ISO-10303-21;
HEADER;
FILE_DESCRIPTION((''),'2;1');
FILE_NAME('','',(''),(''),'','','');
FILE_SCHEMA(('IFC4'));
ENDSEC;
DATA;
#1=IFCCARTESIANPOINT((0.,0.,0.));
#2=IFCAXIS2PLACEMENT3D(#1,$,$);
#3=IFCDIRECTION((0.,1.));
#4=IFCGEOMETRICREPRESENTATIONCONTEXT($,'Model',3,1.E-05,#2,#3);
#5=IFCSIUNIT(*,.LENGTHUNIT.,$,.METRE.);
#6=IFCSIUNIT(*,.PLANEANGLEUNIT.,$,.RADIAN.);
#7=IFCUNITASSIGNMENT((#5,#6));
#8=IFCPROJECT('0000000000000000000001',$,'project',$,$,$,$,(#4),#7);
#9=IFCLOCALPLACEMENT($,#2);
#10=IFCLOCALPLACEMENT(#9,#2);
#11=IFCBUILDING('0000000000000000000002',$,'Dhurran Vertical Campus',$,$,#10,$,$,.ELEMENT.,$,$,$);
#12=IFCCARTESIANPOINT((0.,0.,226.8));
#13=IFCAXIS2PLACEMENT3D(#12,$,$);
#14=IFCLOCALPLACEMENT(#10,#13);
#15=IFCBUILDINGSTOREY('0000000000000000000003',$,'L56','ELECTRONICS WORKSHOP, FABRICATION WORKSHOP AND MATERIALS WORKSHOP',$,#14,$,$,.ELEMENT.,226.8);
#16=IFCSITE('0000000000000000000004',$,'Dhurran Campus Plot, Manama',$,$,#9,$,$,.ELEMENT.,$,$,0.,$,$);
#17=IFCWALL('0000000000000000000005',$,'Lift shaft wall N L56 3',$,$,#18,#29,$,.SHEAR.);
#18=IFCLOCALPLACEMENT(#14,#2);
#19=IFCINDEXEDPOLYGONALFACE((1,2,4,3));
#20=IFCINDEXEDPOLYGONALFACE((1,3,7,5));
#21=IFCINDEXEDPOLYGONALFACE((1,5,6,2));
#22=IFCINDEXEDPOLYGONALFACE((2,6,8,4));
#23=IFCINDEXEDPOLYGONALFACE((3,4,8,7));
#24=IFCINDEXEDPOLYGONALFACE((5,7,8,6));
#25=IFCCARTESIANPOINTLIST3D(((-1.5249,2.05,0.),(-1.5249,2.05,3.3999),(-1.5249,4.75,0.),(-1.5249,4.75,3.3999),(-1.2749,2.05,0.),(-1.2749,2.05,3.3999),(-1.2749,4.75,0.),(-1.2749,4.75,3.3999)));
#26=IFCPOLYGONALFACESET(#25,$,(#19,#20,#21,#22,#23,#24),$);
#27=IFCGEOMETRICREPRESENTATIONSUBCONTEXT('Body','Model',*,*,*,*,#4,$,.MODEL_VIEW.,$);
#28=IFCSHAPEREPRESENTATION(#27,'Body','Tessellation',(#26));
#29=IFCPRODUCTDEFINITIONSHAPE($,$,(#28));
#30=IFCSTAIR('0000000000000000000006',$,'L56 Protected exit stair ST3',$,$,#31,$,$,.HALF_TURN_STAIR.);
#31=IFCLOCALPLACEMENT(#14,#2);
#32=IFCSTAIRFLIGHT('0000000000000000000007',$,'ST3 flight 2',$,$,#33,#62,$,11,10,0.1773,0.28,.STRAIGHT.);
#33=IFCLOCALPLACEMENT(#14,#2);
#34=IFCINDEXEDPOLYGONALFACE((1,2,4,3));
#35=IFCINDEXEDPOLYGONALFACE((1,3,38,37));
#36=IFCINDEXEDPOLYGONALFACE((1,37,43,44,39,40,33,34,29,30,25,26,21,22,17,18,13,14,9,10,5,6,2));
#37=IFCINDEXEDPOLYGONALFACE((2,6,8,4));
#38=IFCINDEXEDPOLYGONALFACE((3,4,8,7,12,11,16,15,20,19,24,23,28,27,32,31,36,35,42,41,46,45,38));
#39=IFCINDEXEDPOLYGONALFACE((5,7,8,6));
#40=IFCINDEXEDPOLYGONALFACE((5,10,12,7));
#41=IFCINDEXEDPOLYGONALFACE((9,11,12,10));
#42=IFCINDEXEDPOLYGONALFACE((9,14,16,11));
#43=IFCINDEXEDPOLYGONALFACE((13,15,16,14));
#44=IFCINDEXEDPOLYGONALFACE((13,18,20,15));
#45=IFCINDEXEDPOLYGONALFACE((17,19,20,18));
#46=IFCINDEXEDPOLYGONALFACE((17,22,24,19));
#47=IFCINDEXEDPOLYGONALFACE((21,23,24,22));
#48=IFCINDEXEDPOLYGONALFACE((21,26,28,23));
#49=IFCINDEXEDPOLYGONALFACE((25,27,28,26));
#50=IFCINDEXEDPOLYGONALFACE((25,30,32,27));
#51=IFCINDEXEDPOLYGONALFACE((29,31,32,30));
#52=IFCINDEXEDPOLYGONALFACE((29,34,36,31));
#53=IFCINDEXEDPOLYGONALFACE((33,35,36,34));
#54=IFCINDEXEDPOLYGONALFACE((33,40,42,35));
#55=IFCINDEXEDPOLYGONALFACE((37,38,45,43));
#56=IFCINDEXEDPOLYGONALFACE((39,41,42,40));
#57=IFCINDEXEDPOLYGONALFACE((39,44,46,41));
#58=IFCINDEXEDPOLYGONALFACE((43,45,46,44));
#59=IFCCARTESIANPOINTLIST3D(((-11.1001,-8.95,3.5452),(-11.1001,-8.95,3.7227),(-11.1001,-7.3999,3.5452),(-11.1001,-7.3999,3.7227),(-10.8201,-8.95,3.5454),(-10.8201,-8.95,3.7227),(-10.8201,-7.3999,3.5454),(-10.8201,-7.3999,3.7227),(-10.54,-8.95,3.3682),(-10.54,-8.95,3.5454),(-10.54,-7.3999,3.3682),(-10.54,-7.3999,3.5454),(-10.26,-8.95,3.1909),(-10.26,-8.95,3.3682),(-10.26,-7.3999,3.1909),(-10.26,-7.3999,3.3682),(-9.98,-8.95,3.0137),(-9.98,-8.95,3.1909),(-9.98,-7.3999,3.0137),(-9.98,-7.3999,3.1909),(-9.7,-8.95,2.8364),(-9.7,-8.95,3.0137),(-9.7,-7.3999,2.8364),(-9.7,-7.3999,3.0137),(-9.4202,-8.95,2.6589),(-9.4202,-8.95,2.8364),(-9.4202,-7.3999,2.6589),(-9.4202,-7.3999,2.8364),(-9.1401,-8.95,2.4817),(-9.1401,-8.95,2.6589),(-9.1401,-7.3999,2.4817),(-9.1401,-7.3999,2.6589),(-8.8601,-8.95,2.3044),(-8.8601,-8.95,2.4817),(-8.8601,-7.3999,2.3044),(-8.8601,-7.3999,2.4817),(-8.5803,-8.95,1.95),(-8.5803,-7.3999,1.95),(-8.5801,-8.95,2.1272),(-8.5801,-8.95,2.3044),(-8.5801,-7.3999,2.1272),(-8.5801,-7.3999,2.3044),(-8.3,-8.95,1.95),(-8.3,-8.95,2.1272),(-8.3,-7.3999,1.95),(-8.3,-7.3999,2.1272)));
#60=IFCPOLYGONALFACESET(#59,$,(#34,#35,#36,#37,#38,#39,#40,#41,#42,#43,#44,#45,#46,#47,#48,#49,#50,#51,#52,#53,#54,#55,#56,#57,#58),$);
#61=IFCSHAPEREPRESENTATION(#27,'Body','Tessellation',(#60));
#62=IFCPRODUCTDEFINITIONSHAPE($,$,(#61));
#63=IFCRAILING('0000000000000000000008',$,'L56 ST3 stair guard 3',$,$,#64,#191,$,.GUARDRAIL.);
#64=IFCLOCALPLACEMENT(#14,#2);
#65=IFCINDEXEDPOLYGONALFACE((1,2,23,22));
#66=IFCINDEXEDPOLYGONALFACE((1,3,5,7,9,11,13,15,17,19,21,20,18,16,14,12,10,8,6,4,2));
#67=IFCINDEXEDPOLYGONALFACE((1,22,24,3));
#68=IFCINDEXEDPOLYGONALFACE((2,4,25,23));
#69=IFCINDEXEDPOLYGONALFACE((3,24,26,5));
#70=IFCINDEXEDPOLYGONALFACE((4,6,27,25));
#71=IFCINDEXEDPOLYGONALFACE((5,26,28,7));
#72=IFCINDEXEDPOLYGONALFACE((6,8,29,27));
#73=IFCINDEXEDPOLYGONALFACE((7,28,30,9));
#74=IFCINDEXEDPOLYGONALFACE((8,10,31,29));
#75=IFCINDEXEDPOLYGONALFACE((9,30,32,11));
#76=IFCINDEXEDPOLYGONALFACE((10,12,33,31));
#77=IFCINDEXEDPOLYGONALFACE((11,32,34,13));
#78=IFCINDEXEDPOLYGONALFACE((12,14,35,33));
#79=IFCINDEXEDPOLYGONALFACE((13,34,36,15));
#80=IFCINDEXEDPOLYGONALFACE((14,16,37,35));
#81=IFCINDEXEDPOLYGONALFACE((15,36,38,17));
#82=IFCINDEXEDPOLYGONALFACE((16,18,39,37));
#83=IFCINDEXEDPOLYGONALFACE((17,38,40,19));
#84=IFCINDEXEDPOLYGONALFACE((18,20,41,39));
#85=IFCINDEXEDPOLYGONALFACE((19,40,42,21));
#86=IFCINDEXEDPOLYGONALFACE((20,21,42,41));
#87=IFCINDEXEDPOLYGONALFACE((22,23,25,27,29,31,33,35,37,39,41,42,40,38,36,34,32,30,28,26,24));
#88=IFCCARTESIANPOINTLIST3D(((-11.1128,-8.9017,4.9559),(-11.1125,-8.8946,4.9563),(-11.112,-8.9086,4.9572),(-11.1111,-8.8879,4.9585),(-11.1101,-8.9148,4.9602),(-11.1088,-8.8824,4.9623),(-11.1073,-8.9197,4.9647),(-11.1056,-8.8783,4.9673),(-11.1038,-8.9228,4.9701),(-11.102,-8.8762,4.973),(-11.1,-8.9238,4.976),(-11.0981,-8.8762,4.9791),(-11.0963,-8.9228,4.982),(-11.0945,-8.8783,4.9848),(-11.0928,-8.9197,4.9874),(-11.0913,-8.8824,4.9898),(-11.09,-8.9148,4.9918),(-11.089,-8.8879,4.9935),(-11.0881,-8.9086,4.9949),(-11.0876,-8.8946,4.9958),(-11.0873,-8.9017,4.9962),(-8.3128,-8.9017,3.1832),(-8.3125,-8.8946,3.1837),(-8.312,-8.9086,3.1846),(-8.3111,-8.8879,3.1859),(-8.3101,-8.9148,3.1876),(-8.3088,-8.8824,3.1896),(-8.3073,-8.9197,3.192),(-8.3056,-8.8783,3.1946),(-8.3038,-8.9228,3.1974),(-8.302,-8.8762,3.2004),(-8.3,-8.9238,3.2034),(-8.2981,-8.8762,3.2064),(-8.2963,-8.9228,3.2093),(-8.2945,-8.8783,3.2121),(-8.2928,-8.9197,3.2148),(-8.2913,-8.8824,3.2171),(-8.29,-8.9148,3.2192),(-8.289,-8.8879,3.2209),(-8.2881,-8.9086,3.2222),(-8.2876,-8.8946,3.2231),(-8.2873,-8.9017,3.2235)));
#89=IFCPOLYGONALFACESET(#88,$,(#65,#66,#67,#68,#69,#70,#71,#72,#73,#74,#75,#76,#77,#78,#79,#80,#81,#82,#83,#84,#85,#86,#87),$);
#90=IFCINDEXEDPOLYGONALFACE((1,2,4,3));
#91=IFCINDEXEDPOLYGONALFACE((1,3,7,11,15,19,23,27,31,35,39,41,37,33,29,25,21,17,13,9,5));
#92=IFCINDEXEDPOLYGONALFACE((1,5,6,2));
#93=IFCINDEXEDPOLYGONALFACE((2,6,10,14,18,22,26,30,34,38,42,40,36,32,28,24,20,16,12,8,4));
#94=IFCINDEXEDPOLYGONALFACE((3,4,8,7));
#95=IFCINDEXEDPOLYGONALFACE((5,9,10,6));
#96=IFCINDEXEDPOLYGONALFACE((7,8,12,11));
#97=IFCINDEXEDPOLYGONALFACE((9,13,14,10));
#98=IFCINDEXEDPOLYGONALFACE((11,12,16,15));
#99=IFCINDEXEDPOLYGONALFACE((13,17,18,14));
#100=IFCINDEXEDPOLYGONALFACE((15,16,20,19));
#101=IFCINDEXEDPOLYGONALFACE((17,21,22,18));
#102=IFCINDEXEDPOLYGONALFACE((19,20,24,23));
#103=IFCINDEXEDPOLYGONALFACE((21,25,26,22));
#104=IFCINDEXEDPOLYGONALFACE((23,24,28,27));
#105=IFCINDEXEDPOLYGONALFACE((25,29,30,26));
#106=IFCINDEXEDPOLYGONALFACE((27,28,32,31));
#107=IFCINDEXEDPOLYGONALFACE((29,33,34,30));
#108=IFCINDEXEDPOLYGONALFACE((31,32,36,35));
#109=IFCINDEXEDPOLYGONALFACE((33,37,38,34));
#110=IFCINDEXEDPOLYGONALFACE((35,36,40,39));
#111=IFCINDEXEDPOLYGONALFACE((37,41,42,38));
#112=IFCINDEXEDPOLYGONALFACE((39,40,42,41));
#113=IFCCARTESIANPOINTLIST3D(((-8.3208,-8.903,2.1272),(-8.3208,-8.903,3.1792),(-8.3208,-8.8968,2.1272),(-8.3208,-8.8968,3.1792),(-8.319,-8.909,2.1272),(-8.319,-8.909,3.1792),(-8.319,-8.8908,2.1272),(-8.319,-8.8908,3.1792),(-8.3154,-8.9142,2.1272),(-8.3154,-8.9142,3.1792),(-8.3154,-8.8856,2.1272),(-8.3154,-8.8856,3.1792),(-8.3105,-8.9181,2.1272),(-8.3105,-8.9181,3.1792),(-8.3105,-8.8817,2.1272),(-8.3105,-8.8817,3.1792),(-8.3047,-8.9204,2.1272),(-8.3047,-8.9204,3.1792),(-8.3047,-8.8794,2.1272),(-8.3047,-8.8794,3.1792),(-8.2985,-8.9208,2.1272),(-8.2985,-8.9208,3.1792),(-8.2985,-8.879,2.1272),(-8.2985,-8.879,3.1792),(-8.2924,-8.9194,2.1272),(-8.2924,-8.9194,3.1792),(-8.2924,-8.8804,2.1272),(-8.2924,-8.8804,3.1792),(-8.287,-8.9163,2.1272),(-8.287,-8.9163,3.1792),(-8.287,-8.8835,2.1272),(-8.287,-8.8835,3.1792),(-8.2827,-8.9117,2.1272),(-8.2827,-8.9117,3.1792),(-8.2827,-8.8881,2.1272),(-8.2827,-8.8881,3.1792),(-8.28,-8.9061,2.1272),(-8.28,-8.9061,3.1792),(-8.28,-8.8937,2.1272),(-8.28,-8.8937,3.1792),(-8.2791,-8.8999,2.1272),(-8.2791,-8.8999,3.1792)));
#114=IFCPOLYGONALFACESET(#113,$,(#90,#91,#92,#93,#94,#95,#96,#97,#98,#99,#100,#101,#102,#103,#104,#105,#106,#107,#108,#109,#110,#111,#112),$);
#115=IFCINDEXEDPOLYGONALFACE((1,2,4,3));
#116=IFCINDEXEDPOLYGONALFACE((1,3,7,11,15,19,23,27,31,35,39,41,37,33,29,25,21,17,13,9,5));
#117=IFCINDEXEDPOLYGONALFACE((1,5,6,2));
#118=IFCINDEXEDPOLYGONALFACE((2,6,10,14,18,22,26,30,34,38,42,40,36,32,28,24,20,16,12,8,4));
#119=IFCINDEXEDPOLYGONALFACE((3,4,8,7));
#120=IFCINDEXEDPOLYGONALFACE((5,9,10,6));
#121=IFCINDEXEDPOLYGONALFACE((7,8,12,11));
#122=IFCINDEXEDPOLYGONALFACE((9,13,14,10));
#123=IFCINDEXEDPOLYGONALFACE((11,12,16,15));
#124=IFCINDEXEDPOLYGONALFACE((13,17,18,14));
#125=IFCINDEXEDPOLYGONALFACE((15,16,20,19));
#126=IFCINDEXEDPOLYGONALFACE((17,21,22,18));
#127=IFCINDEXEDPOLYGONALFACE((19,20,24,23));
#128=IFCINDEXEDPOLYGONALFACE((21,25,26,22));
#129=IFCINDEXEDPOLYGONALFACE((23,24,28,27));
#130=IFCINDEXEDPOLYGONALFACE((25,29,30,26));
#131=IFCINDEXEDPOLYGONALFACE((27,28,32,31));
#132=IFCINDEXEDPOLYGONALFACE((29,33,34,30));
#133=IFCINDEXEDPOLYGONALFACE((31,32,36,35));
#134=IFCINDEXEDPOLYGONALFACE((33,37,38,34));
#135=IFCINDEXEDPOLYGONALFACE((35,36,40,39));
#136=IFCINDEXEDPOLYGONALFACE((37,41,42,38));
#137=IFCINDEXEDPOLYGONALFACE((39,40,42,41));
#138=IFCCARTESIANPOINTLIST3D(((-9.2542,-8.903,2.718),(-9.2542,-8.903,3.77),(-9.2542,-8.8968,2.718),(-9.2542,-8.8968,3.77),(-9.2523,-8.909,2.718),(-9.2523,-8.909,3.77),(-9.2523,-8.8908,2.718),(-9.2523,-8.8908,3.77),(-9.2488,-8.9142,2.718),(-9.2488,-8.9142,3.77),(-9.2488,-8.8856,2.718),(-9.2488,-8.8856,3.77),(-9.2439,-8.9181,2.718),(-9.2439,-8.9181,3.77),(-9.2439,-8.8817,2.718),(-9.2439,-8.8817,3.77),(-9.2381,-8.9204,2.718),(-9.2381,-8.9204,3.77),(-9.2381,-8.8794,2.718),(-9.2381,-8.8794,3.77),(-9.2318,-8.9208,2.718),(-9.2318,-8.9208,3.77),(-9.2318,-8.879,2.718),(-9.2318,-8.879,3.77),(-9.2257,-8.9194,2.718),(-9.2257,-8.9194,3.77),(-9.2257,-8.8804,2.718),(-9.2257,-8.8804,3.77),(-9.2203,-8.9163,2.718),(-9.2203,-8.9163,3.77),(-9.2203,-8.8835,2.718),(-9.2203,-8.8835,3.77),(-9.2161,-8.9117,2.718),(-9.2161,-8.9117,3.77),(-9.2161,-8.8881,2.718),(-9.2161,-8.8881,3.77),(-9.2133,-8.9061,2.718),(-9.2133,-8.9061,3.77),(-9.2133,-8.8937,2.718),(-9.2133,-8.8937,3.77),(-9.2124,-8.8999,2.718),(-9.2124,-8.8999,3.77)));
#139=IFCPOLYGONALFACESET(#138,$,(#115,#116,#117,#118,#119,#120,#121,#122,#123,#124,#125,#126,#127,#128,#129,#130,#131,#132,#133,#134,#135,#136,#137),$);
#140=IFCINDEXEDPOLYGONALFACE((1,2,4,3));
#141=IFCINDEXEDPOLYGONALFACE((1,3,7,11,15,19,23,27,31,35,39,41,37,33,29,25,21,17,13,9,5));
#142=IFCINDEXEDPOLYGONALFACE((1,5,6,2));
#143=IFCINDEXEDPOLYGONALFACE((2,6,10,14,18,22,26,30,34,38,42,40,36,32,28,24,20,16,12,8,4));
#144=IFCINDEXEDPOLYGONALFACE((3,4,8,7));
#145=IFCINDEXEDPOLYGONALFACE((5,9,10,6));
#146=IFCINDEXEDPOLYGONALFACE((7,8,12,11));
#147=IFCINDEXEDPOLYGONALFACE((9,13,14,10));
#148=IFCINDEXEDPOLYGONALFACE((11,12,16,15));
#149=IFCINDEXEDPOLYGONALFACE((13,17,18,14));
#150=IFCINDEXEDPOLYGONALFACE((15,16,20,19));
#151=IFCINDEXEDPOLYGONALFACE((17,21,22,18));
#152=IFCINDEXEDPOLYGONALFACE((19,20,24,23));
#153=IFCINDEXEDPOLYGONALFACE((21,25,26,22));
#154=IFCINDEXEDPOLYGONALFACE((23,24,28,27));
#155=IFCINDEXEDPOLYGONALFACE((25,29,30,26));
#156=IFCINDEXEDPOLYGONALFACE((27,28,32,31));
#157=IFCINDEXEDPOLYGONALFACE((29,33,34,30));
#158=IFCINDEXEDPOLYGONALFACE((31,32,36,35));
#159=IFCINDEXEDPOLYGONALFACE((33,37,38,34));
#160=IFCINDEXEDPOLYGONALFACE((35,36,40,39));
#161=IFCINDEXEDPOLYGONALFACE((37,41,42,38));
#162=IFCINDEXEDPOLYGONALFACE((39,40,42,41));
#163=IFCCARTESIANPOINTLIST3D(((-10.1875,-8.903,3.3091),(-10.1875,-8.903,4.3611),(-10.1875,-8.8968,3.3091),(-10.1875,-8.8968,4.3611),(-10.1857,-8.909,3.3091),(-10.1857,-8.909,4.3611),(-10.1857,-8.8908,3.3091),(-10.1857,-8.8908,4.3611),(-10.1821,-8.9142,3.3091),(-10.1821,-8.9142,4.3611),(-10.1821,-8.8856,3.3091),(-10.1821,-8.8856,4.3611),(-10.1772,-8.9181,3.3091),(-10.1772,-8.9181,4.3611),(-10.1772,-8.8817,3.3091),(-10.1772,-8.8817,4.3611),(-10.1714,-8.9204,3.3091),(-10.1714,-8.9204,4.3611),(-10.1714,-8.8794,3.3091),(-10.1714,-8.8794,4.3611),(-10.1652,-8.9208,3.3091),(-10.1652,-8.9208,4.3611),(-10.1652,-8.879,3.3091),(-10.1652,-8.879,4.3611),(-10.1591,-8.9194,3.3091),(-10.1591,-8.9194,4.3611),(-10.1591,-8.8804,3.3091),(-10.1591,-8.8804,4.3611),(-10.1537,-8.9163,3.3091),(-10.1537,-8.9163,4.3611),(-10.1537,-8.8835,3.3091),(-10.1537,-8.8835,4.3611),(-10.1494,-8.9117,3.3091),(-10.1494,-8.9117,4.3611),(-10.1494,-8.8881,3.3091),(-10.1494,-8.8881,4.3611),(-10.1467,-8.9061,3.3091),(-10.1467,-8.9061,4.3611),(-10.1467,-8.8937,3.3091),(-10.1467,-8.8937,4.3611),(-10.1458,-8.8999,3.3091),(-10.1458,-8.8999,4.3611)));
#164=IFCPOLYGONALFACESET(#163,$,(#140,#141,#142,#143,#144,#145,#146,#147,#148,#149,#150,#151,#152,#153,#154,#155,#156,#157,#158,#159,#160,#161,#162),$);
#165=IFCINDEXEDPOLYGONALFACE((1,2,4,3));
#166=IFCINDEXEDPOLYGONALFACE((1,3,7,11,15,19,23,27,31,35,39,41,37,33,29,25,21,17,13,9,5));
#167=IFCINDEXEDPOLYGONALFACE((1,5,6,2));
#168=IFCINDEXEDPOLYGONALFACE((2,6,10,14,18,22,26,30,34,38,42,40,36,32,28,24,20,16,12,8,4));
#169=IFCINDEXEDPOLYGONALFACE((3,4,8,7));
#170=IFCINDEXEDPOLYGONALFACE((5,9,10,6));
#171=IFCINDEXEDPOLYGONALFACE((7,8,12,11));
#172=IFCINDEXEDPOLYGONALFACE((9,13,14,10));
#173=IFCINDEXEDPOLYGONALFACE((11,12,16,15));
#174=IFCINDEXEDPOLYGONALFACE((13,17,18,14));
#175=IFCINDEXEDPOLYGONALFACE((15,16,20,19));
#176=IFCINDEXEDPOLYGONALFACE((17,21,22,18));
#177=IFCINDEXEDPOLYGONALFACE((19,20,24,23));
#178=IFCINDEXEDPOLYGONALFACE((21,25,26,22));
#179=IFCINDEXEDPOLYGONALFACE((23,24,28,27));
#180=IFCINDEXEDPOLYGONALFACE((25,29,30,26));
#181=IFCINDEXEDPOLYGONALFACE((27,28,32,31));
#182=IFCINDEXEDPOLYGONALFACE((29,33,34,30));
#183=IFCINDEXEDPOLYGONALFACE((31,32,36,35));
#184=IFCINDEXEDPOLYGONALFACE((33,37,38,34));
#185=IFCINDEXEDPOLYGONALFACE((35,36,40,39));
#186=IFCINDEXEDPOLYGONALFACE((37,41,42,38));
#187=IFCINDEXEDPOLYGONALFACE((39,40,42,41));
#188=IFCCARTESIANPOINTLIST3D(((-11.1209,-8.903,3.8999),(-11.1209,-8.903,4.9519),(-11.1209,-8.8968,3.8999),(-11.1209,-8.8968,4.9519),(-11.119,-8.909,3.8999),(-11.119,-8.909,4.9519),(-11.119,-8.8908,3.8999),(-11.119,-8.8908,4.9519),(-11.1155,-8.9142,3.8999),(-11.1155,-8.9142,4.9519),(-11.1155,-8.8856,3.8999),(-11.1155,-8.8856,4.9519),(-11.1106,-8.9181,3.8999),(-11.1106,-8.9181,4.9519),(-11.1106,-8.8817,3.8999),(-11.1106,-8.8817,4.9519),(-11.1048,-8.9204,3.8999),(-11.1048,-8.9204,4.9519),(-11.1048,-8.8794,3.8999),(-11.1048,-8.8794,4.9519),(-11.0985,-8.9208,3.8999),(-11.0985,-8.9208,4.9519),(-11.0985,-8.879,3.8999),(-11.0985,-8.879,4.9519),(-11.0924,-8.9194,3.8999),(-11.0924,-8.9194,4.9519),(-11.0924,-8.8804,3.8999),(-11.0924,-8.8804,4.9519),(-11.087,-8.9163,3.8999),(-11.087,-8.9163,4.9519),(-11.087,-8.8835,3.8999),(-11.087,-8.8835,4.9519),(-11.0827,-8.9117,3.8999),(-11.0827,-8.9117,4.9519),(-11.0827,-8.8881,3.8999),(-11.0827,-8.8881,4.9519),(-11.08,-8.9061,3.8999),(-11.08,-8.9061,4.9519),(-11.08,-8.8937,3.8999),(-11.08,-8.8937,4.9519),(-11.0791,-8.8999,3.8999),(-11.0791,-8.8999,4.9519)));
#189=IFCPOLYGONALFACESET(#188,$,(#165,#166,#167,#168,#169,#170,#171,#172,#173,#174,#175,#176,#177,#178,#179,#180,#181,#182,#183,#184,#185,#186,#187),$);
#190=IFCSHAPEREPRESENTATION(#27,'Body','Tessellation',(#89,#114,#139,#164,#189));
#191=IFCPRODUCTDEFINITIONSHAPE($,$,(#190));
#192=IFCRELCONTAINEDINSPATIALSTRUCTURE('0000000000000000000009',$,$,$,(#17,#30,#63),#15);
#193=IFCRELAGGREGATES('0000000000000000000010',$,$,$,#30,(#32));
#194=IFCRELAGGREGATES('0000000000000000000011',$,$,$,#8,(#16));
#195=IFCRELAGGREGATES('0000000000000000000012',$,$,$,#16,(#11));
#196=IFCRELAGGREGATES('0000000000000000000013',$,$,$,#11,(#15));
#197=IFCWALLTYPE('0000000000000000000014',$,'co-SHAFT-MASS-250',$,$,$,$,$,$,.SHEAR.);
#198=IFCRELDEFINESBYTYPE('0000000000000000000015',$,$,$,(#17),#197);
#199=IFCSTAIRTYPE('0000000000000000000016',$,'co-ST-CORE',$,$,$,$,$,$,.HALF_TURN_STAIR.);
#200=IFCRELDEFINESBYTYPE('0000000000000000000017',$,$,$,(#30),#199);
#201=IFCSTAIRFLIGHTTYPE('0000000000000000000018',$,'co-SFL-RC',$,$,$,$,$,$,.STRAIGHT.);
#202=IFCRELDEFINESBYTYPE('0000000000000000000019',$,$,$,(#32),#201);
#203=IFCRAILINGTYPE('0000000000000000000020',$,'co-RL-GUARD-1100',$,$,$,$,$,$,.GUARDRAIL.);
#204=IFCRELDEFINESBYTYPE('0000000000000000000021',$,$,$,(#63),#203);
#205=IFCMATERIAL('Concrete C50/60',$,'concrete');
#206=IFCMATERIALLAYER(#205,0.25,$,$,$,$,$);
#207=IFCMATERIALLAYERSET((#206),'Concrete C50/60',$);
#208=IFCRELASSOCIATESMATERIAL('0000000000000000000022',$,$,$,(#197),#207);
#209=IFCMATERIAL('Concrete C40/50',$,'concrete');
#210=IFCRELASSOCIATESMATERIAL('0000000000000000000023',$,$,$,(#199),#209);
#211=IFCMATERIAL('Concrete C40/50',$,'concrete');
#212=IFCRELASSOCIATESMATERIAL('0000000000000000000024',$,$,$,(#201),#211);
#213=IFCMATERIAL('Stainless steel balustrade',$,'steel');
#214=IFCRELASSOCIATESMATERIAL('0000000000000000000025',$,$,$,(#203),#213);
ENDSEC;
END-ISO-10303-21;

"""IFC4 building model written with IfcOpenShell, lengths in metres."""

from ifc_helpers import new_model, si_unit, direction, frame, origin, origin_2d, place, context, subcontext, project, spatial, polyline, circle, outline, extrude, material, layer, layer_set, type_object, element, aggregate, save


model = new_model("IFC4")

# Units and contexts
model_context = context("Model", 3, precision=1e-05, world=origin(), true_north=direction((0.0, 1.0)))
body_context = subcontext(model_context, "Body", "Model", "MODEL_VIEW")
ifc_project = project(units=[si_unit("LENGTHUNIT", "METRE"), si_unit("PLANEANGLEUNIT", "RADIAN")], contexts=[model_context])

# Site, building, storey
site_placement = place(None, origin())
site = spatial("IfcSite", under=ifc_project, at=site_placement, Name="Dhurran Campus Plot, Manama", CompositionType="ELEMENT", RefElevation=0.0)
building_placement = place(site_placement, origin())
building = spatial("IfcBuilding", under=site, at=building_placement, Name="Dhurran Vertical Campus", CompositionType="ELEMENT")
storey_placement = place(building_placement, frame((0.0, 0.0, 226.8)))
storey = spatial("IfcBuildingStorey", under=building, at=storey_placement, Name="L56", Description="ELECTRONICS WORKSHOP, FABRICATION WORKSHOP AND MATERIALS WORKSHOP", CompositionType="ELEMENT", Elevation=226.8)

# Wall
ifc_material_1 = material(Name="Concrete C50/60", Category="concrete")
ifc_layer_1 = layer(ifc_material_1, 0.25)
ifc_layer_set_1 = layer_set([ifc_layer_1], Name="Concrete C50/60")
wall_type_1 = type_object("IfcWallType", Name="co-SHAFT-MASS-250", PredefinedType="SHEAR", material=ifc_layer_set_1)
wall_1_placement = place(storey_placement, origin())
element("IfcWall", 1, at=wall_1_placement, inside=storey, type_object=wall_type_1, Name="Lift shaft wall N L56 3", PredefinedType="SHEAR", context=body_context, shape_type="SweptSolid", body=[
    extrude(outline(polyline([(-1.5249, 2.05), (-1.2749, 2.05), (-1.2749, 4.75), (-1.5249, 4.75), (-1.5249, 2.05)])), origin(), (0.0, 0.0, 1.0), 3.3999),
])

# Stair, stair flight
ifc_material_2 = material(Name="Concrete C40/50", Category="concrete")
stair_type = type_object("IfcStairType", Name="co-ST-CORE", PredefinedType="HALF_TURN_STAIR", material=ifc_material_2)
stair_placement = place(storey_placement, origin())
stair = element("IfcStair", 2, at=stair_placement, inside=storey, type_object=stair_type, Name="L56 Protected exit stair ST3", PredefinedType="HALF_TURN_STAIR")
ifc_material_3 = material(Name="Concrete C40/50", Category="concrete")
stair_flight_type = type_object("IfcStairFlightType", Name="co-SFL-RC", PredefinedType="STRAIGHT", material=ifc_material_3)
stair_flight_placement = place(storey_placement, frame((-8.3, -8.175, 1.95), z_axis=(0.0, 0.0, 1.0), x_axis=(-1.0, 0.0, 0.0)))
stair_flight = element("IfcStairFlight", 3, at=stair_flight_placement, type_object=stair_flight_type, Name="ST3 flight 2", NumberOfRisers=11, NumberOfTreads=10, PredefinedType="STRAIGHT", RiserHeight=0.1773, TreadLength=0.28, context=body_context, shape_type="SweptSolid", body=[
    extrude(outline(polyline([(0.0, 0.0), (0.0, 0.1772), (0.28, 0.1772), (0.28, 0.3545), (0.5601, 0.3545), (0.5601, 0.5317), (0.8401, 0.5317), (0.8401, 0.709), (1.1201, 0.709), (1.1201, 0.8865), (1.3999, 0.8865), (1.3999, 1.0637), (1.6799, 1.0637), (1.6799, 1.241), (1.96, 1.241), (1.96, 1.4182), (2.24, 1.4182), (2.24, 1.5955), (2.52, 1.5955), (2.52, 1.7727), (2.8, 1.7727), (2.8, 1.95), (2.8, 1.5952), (0.2803, 0.0), (0.0, 0.0)])), frame((0.0, 0.7749, 0.0), z_axis=(0.0, -1.0, 0.0), x_axis=(1.0, 0.0, 0.0)), (0.0, 0.0, 1.0), 1.55),
])
aggregate(stair, [stair_flight])

# Railing
ifc_material_4 = material(Name="Stainless steel balustrade", Category="steel")
railing_type_1 = type_object("IfcRailingType", Name="co-RL-GUARD-1100", PredefinedType="GUARDRAIL", material=ifc_material_4)
railing_1_placement = place(storey_placement, frame((-8.3, -8.8999, 2.1272)))
element("IfcRailing", 4, at=railing_1_placement, inside=storey, type_object=railing_type_1, Name="L56 ST3 stair guard 3", PredefinedType="GUARDRAIL", context=body_context, shape_type="SweptSolid", body=[
    extrude(circle(Radius=0.0239, at=origin_2d()), frame((0.0, 0.0, 1.0762), z_axis=(-0.844909, 0.0, 0.53491), x_axis=(0.0, -1.0, 0.0)), (0.0, 0.0, 1.0), 3.314),
    extrude(circle(Radius=0.021, at=origin_2d()), origin(), (0.0, 0.0, 1.0), 1.052),
    extrude(circle(Radius=0.021, at=origin_2d()), frame((-0.9333, 0.0, 0.5908)), (0.0, 0.0, 1.0), 1.052),
    extrude(circle(Radius=0.021, at=origin_2d()), frame((-1.8667, 0.0, 1.1819)), (0.0, 0.0, 1.0), 1.052),
    extrude(circle(Radius=0.021, at=origin_2d()), frame((-2.8, 0.0, 1.7727)), (0.0, 0.0, 1.0), 1.052),
])

save(model, "model.ifc")
